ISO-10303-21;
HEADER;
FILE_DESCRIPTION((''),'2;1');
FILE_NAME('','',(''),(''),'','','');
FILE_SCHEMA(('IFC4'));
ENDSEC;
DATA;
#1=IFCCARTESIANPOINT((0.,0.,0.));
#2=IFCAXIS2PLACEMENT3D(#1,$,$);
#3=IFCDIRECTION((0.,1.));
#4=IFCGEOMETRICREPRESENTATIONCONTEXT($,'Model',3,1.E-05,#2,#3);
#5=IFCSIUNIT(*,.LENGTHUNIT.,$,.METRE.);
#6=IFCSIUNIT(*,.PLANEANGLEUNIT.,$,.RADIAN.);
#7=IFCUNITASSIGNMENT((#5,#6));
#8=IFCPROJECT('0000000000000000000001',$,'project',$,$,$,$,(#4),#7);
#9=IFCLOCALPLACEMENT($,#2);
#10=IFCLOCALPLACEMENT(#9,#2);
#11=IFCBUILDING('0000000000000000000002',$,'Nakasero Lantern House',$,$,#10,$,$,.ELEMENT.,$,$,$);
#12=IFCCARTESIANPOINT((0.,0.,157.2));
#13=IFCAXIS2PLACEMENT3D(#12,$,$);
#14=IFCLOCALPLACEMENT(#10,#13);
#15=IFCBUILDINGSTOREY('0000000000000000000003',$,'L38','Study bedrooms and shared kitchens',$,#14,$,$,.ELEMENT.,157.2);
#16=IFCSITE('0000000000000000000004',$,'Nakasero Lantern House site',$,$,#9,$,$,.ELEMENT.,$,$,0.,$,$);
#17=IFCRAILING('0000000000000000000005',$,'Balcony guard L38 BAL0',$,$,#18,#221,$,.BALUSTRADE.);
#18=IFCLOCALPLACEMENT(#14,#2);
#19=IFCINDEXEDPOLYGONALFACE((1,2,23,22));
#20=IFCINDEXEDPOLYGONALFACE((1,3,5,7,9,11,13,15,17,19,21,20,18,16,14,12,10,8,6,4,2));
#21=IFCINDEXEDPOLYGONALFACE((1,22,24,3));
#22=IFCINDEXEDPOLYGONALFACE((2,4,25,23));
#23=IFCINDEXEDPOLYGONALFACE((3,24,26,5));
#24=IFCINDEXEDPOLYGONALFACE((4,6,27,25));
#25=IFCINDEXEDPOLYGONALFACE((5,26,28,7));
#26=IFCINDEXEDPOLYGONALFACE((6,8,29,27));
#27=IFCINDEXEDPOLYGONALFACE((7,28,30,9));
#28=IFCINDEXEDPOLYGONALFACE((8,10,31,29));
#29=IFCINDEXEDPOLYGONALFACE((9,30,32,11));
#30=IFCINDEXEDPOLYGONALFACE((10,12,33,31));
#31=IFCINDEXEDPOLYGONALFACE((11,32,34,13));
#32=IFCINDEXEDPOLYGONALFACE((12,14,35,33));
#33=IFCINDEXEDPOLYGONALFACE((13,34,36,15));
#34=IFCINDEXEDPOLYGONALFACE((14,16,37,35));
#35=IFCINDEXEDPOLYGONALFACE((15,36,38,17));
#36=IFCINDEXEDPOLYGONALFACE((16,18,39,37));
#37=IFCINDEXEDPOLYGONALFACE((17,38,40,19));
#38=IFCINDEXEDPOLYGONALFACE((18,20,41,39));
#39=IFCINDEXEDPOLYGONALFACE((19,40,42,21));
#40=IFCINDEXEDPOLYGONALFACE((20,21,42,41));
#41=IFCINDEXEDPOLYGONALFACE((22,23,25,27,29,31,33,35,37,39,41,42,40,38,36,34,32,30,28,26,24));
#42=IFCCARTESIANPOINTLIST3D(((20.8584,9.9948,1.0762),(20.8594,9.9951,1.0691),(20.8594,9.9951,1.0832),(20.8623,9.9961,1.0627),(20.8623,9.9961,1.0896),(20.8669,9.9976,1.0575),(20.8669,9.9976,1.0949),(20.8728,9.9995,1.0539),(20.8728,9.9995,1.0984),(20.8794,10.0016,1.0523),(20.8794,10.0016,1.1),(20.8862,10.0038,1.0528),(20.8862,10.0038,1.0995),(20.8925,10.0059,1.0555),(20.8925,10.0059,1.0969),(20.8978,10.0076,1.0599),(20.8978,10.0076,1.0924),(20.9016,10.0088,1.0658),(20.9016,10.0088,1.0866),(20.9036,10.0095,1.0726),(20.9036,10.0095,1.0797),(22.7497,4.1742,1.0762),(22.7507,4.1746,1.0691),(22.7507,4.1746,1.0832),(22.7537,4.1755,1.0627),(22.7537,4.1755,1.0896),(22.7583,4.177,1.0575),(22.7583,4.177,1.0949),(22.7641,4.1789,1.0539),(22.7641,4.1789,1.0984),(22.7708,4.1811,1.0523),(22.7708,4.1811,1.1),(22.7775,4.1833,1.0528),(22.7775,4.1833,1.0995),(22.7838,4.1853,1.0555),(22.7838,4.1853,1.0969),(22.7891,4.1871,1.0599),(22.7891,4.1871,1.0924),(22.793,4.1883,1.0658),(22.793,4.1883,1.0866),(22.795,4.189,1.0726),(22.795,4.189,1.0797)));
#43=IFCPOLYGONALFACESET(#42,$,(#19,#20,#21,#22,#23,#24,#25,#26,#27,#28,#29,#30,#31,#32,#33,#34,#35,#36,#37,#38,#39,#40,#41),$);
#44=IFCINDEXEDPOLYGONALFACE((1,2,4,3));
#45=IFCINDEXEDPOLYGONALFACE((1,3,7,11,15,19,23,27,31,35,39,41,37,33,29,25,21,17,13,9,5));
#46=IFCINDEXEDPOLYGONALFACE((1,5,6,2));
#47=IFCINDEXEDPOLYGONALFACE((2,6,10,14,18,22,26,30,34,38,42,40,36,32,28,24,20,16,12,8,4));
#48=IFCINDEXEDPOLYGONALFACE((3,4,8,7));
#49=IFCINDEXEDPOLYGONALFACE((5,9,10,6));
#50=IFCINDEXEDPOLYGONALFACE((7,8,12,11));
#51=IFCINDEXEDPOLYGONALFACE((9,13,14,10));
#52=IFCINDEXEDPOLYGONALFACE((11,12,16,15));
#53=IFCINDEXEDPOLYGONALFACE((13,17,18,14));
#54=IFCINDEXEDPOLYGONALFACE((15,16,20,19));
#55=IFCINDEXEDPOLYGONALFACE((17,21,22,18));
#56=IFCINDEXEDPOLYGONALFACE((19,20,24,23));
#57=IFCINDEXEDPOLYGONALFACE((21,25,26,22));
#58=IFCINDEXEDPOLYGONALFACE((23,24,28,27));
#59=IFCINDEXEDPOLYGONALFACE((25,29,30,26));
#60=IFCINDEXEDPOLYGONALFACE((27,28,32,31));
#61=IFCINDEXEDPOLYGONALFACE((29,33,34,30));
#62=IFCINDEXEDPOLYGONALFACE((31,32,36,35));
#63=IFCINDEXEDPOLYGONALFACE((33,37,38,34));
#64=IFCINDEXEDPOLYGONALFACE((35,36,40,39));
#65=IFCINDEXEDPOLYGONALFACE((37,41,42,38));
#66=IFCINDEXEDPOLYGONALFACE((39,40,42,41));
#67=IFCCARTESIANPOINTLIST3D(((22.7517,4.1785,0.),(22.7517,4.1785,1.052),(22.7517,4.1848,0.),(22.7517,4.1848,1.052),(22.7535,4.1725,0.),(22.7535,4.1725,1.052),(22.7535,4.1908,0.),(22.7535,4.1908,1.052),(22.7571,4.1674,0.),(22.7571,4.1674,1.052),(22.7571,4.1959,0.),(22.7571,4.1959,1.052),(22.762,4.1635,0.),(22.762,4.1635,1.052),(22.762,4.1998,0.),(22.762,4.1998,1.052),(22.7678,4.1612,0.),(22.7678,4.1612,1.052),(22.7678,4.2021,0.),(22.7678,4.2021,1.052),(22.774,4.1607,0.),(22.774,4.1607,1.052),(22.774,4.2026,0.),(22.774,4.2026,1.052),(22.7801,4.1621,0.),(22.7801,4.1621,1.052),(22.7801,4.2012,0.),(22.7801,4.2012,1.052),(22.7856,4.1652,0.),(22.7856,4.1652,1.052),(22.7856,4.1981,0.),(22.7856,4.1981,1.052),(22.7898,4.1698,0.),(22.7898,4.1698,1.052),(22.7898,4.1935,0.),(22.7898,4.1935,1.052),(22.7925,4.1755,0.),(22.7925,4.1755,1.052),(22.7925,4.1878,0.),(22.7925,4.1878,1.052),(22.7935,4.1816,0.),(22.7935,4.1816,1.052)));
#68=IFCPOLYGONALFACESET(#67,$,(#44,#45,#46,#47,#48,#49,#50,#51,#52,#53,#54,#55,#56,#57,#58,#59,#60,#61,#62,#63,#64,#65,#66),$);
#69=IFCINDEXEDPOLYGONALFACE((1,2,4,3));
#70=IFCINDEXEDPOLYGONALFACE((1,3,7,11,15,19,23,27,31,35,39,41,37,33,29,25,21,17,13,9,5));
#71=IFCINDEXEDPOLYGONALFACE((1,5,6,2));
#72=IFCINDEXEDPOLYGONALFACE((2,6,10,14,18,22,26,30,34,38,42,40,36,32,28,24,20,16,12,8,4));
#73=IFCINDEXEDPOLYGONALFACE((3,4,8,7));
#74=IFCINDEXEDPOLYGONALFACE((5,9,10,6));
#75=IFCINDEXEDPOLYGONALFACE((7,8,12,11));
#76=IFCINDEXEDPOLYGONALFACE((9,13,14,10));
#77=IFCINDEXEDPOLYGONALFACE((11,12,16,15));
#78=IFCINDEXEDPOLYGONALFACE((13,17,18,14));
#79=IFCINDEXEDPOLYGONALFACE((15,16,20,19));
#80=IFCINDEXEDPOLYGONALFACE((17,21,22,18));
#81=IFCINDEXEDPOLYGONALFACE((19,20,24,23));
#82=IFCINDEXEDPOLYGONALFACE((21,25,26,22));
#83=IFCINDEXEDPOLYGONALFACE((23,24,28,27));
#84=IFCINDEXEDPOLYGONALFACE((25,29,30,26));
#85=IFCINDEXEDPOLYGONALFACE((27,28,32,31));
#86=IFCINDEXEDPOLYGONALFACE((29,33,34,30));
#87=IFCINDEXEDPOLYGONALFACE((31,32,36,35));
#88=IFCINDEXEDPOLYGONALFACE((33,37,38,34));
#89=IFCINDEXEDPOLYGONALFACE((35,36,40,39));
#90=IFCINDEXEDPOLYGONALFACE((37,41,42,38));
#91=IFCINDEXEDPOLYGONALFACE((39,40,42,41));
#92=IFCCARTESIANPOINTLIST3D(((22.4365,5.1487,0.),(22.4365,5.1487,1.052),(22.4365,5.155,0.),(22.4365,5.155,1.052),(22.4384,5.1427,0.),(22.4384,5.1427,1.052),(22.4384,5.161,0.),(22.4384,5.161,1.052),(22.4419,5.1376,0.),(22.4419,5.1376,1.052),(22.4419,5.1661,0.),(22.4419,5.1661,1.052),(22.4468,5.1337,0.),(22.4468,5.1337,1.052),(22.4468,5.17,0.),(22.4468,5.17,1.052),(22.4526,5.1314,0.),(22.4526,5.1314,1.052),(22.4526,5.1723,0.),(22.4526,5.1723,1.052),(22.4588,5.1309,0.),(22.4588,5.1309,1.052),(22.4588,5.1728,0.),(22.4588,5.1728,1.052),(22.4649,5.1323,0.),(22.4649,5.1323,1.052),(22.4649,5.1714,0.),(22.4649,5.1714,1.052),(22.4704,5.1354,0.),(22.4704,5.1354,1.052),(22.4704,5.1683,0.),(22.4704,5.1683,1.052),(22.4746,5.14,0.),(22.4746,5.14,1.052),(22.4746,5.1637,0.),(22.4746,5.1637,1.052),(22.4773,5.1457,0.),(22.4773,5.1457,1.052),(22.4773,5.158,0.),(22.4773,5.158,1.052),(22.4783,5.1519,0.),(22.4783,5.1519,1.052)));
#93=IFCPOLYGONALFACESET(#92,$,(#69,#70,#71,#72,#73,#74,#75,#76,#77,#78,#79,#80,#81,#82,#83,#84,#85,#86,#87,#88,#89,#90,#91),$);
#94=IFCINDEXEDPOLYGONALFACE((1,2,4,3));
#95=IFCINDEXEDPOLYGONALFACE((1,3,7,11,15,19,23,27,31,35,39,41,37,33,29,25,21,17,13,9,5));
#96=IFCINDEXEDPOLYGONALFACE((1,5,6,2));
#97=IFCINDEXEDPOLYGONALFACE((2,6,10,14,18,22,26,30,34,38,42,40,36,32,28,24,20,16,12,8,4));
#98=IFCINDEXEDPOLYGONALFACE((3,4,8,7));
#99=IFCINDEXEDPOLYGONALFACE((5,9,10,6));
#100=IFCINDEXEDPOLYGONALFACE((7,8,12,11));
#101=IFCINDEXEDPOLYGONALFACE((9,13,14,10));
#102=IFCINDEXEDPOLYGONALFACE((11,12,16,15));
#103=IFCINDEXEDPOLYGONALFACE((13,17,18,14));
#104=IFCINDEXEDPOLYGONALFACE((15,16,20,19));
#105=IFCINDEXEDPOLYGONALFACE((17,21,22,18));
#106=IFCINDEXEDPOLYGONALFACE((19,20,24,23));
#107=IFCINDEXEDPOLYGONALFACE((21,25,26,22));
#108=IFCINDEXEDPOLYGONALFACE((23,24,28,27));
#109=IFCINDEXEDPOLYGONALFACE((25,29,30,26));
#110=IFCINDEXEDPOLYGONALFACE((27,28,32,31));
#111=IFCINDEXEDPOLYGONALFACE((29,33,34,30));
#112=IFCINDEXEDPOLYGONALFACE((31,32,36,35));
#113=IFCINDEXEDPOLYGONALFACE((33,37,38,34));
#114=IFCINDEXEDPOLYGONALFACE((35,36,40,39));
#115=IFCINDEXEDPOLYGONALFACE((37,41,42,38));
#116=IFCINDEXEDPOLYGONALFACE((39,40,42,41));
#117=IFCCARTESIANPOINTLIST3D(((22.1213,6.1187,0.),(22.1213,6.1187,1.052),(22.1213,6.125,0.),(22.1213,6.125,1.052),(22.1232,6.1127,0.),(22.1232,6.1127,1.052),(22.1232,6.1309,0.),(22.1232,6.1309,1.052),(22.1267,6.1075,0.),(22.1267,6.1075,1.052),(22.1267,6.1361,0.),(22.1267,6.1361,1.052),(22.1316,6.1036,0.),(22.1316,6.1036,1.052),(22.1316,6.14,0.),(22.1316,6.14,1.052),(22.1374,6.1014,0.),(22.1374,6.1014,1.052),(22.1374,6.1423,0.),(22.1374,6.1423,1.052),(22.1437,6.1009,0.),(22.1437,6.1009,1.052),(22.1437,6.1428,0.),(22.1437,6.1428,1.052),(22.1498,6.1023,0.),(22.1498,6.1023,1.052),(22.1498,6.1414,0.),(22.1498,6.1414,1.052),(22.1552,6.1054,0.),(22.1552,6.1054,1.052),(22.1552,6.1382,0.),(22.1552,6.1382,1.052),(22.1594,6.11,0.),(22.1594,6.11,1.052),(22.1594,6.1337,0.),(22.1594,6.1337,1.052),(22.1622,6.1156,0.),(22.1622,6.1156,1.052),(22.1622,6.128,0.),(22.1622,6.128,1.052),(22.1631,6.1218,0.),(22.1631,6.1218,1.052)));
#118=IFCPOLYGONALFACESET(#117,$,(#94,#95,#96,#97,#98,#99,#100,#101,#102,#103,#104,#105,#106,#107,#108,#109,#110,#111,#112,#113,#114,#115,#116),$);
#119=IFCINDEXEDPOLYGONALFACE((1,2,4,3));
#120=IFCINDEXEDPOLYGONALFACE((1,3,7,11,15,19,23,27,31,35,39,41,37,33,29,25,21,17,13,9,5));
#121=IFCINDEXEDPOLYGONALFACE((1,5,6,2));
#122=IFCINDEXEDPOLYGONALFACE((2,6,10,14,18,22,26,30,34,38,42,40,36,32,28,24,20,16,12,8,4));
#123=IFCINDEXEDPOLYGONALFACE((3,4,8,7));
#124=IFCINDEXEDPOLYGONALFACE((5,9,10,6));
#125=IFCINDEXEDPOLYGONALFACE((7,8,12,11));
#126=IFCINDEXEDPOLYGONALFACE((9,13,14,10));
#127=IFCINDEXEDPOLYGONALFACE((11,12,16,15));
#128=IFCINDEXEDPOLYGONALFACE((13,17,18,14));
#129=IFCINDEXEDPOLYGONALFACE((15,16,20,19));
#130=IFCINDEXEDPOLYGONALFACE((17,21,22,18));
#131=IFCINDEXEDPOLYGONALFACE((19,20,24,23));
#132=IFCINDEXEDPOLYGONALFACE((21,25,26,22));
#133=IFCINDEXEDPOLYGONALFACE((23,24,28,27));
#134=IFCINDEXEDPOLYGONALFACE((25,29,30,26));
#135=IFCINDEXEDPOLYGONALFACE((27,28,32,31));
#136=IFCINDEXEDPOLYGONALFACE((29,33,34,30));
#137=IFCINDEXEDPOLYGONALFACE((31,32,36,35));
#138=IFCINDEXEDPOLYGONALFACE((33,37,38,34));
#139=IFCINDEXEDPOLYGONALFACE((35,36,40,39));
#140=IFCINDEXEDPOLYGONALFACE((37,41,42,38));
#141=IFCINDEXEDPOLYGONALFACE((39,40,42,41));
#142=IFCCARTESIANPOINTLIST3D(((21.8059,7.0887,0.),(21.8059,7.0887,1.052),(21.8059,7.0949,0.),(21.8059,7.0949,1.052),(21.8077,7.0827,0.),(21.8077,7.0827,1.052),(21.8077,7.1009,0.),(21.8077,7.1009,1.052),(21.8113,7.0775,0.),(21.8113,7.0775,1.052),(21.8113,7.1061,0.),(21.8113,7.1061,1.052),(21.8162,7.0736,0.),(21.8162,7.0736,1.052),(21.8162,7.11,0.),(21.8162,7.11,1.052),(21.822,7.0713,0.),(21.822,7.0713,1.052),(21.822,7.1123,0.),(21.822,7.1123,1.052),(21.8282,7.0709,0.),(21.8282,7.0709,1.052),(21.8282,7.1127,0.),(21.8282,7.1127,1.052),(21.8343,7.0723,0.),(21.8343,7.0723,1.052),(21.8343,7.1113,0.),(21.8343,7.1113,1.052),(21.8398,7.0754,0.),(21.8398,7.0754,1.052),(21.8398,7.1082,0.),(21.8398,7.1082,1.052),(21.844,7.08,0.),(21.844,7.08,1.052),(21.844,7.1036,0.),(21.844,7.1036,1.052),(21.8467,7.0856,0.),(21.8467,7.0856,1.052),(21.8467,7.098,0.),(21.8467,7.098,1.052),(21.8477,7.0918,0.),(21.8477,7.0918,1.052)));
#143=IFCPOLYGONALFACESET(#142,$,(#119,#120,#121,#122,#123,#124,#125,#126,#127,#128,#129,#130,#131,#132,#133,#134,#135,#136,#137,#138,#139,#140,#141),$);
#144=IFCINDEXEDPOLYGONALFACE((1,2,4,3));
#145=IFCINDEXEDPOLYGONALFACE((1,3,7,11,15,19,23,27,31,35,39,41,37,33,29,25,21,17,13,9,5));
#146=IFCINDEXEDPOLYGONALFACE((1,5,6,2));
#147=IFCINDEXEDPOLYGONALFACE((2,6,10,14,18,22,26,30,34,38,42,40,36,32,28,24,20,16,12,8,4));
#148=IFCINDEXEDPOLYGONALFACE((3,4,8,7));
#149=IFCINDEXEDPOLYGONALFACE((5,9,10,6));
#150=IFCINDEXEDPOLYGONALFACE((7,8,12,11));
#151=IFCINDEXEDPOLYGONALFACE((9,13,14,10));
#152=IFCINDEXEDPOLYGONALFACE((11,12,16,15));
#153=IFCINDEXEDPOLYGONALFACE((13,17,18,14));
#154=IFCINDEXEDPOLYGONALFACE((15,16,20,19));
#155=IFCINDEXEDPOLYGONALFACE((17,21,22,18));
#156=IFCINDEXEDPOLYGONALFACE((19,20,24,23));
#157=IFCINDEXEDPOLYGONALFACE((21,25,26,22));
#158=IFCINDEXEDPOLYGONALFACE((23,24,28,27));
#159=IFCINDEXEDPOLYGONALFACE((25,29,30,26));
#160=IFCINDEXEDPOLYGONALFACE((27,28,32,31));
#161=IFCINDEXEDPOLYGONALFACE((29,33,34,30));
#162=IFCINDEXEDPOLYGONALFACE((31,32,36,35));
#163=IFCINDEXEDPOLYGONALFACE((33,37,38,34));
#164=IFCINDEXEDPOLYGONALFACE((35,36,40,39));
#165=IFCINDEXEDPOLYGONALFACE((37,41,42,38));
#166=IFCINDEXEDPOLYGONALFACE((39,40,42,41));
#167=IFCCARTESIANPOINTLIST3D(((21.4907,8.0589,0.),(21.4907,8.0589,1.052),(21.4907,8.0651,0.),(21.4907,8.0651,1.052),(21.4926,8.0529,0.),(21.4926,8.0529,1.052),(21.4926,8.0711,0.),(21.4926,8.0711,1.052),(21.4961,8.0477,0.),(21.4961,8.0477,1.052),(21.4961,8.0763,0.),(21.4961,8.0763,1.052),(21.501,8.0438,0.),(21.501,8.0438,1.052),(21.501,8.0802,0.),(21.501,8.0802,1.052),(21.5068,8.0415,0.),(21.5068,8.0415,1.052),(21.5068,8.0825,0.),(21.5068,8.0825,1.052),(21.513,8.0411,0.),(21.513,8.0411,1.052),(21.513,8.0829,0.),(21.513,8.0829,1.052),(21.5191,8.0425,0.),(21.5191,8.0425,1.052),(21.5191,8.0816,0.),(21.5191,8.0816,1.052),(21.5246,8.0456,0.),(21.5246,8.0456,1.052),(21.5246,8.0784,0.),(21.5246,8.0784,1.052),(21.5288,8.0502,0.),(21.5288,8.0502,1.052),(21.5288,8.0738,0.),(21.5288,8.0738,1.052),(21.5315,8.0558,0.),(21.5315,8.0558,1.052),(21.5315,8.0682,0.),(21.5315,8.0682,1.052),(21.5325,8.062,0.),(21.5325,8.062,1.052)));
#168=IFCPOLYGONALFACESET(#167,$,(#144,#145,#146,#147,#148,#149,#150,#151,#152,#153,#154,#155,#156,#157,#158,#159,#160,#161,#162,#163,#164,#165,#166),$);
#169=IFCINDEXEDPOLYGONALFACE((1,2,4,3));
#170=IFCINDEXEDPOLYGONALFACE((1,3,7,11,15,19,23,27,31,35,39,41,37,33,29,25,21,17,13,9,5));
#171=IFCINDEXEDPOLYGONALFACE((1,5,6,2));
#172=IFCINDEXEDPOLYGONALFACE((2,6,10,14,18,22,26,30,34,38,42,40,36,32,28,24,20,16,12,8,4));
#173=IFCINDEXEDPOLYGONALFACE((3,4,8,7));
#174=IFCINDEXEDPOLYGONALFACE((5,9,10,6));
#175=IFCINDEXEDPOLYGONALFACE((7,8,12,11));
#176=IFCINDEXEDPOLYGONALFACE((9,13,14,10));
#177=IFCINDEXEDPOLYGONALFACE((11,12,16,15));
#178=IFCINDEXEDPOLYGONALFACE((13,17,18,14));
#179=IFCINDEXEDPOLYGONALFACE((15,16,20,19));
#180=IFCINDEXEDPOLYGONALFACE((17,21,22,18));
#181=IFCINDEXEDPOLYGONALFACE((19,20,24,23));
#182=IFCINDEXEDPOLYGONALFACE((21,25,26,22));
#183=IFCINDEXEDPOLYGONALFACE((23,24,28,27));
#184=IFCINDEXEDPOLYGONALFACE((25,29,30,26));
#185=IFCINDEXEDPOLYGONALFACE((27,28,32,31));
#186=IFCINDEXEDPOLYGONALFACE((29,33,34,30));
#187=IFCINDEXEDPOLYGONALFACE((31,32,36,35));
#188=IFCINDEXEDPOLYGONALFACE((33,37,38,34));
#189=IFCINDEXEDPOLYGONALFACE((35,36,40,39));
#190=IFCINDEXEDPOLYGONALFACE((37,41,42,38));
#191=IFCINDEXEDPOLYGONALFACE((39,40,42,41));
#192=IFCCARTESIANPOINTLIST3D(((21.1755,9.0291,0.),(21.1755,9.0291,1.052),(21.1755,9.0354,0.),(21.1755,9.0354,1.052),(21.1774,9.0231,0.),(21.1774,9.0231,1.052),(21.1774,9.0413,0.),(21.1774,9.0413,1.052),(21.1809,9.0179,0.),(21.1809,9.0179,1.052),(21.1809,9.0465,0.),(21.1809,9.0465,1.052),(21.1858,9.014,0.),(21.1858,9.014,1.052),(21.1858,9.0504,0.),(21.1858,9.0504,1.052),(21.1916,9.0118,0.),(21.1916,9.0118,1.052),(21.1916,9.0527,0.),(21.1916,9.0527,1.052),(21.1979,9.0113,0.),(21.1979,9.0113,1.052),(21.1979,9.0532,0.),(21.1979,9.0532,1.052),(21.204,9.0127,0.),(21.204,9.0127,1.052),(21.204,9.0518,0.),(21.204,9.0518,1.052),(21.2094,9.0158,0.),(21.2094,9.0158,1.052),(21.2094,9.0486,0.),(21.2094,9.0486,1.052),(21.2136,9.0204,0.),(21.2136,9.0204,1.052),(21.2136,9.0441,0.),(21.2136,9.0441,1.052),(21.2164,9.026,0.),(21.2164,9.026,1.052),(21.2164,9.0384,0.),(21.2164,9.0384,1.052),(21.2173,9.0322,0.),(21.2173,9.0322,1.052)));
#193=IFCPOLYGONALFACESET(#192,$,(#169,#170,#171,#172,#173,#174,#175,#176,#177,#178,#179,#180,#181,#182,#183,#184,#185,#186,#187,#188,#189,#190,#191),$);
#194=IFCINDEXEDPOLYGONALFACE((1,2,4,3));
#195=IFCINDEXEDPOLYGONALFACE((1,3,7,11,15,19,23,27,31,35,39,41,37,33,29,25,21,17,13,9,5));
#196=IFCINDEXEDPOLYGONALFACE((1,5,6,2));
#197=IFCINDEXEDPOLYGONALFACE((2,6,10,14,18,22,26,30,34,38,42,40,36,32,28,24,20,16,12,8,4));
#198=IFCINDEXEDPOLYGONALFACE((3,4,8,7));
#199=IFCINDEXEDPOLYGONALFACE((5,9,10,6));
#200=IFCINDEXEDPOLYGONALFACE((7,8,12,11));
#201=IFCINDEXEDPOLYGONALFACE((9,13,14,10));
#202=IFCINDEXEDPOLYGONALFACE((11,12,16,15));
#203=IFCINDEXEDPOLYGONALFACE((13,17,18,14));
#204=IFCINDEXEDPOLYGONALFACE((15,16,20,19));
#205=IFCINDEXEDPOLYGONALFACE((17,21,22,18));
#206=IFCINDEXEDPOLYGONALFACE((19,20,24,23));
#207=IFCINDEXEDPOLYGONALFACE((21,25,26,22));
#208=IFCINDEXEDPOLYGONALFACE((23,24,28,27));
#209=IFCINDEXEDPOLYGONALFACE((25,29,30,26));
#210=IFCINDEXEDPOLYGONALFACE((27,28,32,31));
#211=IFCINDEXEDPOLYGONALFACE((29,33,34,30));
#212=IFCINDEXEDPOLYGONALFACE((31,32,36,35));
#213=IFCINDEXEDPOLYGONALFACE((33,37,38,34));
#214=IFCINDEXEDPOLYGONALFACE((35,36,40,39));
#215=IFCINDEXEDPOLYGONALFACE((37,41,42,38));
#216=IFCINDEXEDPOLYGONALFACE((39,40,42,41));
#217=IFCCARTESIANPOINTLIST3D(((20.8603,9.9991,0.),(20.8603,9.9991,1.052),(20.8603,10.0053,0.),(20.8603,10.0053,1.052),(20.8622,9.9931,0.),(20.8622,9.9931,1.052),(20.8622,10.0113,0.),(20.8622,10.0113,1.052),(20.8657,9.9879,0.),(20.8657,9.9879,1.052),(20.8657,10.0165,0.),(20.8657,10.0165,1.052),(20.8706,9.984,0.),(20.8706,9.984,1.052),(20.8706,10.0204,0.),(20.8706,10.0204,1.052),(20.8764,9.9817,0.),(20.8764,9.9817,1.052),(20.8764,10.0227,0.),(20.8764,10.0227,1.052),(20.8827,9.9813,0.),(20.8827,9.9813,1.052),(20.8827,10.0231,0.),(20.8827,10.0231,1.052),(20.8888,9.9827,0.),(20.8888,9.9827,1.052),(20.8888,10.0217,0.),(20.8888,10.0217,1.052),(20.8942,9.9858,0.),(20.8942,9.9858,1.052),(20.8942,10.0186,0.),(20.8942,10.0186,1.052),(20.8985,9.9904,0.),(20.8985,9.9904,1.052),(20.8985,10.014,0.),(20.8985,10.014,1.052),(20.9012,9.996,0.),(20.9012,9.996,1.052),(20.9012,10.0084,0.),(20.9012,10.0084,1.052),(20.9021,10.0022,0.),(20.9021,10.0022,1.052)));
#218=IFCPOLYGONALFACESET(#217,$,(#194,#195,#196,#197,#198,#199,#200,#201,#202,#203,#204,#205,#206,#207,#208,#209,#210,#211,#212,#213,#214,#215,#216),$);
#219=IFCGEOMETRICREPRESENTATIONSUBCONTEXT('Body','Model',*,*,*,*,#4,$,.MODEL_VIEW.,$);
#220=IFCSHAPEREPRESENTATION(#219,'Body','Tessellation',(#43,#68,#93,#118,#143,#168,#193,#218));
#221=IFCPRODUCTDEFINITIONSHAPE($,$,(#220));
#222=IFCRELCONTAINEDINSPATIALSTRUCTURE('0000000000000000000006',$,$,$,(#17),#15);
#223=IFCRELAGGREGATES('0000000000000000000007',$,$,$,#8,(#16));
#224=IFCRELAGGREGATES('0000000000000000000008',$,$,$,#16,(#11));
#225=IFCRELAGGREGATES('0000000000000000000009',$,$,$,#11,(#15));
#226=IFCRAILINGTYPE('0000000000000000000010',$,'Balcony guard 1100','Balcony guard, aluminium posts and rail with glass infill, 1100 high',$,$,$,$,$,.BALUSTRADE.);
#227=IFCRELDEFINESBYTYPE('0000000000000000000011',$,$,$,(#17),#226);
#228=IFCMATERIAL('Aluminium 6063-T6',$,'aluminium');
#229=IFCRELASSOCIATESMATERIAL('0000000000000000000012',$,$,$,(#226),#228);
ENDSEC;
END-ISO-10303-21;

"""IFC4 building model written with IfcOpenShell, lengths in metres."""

from ifc_helpers import new_model, si_unit, direction, frame, origin, origin_2d, place, context, subcontext, project, spatial, circle, extrude, material, type_object, element, save


model = new_model("IFC4")

# Units and contexts
model_context = context("Model", 3, precision=1e-05, world=origin(), true_north=direction((0.0, 1.0)))
body_context = subcontext(model_context, "Body", "Model", "MODEL_VIEW")
ifc_project = project(units=[si_unit("LENGTHUNIT", "METRE"), si_unit("PLANEANGLEUNIT", "RADIAN")], contexts=[model_context])

# Site, building, storey
site_placement = place(None, origin())
site = spatial("IfcSite", under=ifc_project, at=site_placement, Name="Nakasero Lantern House site", CompositionType="ELEMENT", RefElevation=0.0)
building_placement = place(site_placement, origin())
building = spatial("IfcBuilding", under=site, at=building_placement, Name="Nakasero Lantern House", CompositionType="ELEMENT")
storey_placement = place(building_placement, frame((0.0, 0.0, 157.2)))
storey = spatial("IfcBuildingStorey", under=building, at=storey_placement, Name="L38", Description="Study bedrooms and shared kitchens", CompositionType="ELEMENT", Elevation=157.2)

# Railing
ifc_material_1 = material(Name="Aluminium 6063-T6", Category="aluminium")
railing_type = type_object("IfcRailingType", Name="Balcony guard 1100", Description="Balcony guard, aluminium posts and rail with glass infill, 1100 high", PredefinedType="BALUSTRADE", material=ifc_material_1)
railing_placement = place(storey_placement, frame((22.7725, 4.1816, 0.0)))
element("IfcRailing", 1, at=railing_placement, inside=storey, type_object=railing_type, Name="Balcony guard L38 BAL0", PredefinedType="BALUSTRADE", context=body_context, shape_type="SweptSolid", body=[
    extrude(circle(Radius=0.0239, at=origin_2d()), frame((0.0, 0.0, 1.0762), z_axis=(-0.309038, 0.95105, 0.0), x_axis=(-0.95105, -0.309038, 0.0)), (0.0, 0.0, 1.0), 6.1201),
    extrude(circle(Radius=0.021, at=origin_2d()), origin(), (0.0, 0.0, 1.0), 1.052),
    extrude(circle(Radius=0.021, at=origin_2d()), frame((-0.3152, 0.9702, 0.0)), (0.0, 0.0, 1.0), 1.052),
    extrude(circle(Radius=0.021, at=origin_2d()), frame((-0.6304, 1.9402, 0.0)), (0.0, 0.0, 1.0), 1.052),
    extrude(circle(Radius=0.021, at=origin_2d()), frame((-0.9458, 2.9102, 0.0)), (0.0, 0.0, 1.0), 1.052),
    extrude(circle(Radius=0.021, at=origin_2d()), frame((-1.261, 3.8804, 0.0)), (0.0, 0.0, 1.0), 1.052),
    extrude(circle(Radius=0.021, at=origin_2d()), frame((-1.5762, 4.8506, 0.0)), (0.0, 0.0, 1.0), 1.052),
    extrude(circle(Radius=0.021, at=origin_2d()), frame((-1.8914, 5.8206, 0.0)), (0.0, 0.0, 1.0), 1.052),
])

save(model, "model.ifc")
